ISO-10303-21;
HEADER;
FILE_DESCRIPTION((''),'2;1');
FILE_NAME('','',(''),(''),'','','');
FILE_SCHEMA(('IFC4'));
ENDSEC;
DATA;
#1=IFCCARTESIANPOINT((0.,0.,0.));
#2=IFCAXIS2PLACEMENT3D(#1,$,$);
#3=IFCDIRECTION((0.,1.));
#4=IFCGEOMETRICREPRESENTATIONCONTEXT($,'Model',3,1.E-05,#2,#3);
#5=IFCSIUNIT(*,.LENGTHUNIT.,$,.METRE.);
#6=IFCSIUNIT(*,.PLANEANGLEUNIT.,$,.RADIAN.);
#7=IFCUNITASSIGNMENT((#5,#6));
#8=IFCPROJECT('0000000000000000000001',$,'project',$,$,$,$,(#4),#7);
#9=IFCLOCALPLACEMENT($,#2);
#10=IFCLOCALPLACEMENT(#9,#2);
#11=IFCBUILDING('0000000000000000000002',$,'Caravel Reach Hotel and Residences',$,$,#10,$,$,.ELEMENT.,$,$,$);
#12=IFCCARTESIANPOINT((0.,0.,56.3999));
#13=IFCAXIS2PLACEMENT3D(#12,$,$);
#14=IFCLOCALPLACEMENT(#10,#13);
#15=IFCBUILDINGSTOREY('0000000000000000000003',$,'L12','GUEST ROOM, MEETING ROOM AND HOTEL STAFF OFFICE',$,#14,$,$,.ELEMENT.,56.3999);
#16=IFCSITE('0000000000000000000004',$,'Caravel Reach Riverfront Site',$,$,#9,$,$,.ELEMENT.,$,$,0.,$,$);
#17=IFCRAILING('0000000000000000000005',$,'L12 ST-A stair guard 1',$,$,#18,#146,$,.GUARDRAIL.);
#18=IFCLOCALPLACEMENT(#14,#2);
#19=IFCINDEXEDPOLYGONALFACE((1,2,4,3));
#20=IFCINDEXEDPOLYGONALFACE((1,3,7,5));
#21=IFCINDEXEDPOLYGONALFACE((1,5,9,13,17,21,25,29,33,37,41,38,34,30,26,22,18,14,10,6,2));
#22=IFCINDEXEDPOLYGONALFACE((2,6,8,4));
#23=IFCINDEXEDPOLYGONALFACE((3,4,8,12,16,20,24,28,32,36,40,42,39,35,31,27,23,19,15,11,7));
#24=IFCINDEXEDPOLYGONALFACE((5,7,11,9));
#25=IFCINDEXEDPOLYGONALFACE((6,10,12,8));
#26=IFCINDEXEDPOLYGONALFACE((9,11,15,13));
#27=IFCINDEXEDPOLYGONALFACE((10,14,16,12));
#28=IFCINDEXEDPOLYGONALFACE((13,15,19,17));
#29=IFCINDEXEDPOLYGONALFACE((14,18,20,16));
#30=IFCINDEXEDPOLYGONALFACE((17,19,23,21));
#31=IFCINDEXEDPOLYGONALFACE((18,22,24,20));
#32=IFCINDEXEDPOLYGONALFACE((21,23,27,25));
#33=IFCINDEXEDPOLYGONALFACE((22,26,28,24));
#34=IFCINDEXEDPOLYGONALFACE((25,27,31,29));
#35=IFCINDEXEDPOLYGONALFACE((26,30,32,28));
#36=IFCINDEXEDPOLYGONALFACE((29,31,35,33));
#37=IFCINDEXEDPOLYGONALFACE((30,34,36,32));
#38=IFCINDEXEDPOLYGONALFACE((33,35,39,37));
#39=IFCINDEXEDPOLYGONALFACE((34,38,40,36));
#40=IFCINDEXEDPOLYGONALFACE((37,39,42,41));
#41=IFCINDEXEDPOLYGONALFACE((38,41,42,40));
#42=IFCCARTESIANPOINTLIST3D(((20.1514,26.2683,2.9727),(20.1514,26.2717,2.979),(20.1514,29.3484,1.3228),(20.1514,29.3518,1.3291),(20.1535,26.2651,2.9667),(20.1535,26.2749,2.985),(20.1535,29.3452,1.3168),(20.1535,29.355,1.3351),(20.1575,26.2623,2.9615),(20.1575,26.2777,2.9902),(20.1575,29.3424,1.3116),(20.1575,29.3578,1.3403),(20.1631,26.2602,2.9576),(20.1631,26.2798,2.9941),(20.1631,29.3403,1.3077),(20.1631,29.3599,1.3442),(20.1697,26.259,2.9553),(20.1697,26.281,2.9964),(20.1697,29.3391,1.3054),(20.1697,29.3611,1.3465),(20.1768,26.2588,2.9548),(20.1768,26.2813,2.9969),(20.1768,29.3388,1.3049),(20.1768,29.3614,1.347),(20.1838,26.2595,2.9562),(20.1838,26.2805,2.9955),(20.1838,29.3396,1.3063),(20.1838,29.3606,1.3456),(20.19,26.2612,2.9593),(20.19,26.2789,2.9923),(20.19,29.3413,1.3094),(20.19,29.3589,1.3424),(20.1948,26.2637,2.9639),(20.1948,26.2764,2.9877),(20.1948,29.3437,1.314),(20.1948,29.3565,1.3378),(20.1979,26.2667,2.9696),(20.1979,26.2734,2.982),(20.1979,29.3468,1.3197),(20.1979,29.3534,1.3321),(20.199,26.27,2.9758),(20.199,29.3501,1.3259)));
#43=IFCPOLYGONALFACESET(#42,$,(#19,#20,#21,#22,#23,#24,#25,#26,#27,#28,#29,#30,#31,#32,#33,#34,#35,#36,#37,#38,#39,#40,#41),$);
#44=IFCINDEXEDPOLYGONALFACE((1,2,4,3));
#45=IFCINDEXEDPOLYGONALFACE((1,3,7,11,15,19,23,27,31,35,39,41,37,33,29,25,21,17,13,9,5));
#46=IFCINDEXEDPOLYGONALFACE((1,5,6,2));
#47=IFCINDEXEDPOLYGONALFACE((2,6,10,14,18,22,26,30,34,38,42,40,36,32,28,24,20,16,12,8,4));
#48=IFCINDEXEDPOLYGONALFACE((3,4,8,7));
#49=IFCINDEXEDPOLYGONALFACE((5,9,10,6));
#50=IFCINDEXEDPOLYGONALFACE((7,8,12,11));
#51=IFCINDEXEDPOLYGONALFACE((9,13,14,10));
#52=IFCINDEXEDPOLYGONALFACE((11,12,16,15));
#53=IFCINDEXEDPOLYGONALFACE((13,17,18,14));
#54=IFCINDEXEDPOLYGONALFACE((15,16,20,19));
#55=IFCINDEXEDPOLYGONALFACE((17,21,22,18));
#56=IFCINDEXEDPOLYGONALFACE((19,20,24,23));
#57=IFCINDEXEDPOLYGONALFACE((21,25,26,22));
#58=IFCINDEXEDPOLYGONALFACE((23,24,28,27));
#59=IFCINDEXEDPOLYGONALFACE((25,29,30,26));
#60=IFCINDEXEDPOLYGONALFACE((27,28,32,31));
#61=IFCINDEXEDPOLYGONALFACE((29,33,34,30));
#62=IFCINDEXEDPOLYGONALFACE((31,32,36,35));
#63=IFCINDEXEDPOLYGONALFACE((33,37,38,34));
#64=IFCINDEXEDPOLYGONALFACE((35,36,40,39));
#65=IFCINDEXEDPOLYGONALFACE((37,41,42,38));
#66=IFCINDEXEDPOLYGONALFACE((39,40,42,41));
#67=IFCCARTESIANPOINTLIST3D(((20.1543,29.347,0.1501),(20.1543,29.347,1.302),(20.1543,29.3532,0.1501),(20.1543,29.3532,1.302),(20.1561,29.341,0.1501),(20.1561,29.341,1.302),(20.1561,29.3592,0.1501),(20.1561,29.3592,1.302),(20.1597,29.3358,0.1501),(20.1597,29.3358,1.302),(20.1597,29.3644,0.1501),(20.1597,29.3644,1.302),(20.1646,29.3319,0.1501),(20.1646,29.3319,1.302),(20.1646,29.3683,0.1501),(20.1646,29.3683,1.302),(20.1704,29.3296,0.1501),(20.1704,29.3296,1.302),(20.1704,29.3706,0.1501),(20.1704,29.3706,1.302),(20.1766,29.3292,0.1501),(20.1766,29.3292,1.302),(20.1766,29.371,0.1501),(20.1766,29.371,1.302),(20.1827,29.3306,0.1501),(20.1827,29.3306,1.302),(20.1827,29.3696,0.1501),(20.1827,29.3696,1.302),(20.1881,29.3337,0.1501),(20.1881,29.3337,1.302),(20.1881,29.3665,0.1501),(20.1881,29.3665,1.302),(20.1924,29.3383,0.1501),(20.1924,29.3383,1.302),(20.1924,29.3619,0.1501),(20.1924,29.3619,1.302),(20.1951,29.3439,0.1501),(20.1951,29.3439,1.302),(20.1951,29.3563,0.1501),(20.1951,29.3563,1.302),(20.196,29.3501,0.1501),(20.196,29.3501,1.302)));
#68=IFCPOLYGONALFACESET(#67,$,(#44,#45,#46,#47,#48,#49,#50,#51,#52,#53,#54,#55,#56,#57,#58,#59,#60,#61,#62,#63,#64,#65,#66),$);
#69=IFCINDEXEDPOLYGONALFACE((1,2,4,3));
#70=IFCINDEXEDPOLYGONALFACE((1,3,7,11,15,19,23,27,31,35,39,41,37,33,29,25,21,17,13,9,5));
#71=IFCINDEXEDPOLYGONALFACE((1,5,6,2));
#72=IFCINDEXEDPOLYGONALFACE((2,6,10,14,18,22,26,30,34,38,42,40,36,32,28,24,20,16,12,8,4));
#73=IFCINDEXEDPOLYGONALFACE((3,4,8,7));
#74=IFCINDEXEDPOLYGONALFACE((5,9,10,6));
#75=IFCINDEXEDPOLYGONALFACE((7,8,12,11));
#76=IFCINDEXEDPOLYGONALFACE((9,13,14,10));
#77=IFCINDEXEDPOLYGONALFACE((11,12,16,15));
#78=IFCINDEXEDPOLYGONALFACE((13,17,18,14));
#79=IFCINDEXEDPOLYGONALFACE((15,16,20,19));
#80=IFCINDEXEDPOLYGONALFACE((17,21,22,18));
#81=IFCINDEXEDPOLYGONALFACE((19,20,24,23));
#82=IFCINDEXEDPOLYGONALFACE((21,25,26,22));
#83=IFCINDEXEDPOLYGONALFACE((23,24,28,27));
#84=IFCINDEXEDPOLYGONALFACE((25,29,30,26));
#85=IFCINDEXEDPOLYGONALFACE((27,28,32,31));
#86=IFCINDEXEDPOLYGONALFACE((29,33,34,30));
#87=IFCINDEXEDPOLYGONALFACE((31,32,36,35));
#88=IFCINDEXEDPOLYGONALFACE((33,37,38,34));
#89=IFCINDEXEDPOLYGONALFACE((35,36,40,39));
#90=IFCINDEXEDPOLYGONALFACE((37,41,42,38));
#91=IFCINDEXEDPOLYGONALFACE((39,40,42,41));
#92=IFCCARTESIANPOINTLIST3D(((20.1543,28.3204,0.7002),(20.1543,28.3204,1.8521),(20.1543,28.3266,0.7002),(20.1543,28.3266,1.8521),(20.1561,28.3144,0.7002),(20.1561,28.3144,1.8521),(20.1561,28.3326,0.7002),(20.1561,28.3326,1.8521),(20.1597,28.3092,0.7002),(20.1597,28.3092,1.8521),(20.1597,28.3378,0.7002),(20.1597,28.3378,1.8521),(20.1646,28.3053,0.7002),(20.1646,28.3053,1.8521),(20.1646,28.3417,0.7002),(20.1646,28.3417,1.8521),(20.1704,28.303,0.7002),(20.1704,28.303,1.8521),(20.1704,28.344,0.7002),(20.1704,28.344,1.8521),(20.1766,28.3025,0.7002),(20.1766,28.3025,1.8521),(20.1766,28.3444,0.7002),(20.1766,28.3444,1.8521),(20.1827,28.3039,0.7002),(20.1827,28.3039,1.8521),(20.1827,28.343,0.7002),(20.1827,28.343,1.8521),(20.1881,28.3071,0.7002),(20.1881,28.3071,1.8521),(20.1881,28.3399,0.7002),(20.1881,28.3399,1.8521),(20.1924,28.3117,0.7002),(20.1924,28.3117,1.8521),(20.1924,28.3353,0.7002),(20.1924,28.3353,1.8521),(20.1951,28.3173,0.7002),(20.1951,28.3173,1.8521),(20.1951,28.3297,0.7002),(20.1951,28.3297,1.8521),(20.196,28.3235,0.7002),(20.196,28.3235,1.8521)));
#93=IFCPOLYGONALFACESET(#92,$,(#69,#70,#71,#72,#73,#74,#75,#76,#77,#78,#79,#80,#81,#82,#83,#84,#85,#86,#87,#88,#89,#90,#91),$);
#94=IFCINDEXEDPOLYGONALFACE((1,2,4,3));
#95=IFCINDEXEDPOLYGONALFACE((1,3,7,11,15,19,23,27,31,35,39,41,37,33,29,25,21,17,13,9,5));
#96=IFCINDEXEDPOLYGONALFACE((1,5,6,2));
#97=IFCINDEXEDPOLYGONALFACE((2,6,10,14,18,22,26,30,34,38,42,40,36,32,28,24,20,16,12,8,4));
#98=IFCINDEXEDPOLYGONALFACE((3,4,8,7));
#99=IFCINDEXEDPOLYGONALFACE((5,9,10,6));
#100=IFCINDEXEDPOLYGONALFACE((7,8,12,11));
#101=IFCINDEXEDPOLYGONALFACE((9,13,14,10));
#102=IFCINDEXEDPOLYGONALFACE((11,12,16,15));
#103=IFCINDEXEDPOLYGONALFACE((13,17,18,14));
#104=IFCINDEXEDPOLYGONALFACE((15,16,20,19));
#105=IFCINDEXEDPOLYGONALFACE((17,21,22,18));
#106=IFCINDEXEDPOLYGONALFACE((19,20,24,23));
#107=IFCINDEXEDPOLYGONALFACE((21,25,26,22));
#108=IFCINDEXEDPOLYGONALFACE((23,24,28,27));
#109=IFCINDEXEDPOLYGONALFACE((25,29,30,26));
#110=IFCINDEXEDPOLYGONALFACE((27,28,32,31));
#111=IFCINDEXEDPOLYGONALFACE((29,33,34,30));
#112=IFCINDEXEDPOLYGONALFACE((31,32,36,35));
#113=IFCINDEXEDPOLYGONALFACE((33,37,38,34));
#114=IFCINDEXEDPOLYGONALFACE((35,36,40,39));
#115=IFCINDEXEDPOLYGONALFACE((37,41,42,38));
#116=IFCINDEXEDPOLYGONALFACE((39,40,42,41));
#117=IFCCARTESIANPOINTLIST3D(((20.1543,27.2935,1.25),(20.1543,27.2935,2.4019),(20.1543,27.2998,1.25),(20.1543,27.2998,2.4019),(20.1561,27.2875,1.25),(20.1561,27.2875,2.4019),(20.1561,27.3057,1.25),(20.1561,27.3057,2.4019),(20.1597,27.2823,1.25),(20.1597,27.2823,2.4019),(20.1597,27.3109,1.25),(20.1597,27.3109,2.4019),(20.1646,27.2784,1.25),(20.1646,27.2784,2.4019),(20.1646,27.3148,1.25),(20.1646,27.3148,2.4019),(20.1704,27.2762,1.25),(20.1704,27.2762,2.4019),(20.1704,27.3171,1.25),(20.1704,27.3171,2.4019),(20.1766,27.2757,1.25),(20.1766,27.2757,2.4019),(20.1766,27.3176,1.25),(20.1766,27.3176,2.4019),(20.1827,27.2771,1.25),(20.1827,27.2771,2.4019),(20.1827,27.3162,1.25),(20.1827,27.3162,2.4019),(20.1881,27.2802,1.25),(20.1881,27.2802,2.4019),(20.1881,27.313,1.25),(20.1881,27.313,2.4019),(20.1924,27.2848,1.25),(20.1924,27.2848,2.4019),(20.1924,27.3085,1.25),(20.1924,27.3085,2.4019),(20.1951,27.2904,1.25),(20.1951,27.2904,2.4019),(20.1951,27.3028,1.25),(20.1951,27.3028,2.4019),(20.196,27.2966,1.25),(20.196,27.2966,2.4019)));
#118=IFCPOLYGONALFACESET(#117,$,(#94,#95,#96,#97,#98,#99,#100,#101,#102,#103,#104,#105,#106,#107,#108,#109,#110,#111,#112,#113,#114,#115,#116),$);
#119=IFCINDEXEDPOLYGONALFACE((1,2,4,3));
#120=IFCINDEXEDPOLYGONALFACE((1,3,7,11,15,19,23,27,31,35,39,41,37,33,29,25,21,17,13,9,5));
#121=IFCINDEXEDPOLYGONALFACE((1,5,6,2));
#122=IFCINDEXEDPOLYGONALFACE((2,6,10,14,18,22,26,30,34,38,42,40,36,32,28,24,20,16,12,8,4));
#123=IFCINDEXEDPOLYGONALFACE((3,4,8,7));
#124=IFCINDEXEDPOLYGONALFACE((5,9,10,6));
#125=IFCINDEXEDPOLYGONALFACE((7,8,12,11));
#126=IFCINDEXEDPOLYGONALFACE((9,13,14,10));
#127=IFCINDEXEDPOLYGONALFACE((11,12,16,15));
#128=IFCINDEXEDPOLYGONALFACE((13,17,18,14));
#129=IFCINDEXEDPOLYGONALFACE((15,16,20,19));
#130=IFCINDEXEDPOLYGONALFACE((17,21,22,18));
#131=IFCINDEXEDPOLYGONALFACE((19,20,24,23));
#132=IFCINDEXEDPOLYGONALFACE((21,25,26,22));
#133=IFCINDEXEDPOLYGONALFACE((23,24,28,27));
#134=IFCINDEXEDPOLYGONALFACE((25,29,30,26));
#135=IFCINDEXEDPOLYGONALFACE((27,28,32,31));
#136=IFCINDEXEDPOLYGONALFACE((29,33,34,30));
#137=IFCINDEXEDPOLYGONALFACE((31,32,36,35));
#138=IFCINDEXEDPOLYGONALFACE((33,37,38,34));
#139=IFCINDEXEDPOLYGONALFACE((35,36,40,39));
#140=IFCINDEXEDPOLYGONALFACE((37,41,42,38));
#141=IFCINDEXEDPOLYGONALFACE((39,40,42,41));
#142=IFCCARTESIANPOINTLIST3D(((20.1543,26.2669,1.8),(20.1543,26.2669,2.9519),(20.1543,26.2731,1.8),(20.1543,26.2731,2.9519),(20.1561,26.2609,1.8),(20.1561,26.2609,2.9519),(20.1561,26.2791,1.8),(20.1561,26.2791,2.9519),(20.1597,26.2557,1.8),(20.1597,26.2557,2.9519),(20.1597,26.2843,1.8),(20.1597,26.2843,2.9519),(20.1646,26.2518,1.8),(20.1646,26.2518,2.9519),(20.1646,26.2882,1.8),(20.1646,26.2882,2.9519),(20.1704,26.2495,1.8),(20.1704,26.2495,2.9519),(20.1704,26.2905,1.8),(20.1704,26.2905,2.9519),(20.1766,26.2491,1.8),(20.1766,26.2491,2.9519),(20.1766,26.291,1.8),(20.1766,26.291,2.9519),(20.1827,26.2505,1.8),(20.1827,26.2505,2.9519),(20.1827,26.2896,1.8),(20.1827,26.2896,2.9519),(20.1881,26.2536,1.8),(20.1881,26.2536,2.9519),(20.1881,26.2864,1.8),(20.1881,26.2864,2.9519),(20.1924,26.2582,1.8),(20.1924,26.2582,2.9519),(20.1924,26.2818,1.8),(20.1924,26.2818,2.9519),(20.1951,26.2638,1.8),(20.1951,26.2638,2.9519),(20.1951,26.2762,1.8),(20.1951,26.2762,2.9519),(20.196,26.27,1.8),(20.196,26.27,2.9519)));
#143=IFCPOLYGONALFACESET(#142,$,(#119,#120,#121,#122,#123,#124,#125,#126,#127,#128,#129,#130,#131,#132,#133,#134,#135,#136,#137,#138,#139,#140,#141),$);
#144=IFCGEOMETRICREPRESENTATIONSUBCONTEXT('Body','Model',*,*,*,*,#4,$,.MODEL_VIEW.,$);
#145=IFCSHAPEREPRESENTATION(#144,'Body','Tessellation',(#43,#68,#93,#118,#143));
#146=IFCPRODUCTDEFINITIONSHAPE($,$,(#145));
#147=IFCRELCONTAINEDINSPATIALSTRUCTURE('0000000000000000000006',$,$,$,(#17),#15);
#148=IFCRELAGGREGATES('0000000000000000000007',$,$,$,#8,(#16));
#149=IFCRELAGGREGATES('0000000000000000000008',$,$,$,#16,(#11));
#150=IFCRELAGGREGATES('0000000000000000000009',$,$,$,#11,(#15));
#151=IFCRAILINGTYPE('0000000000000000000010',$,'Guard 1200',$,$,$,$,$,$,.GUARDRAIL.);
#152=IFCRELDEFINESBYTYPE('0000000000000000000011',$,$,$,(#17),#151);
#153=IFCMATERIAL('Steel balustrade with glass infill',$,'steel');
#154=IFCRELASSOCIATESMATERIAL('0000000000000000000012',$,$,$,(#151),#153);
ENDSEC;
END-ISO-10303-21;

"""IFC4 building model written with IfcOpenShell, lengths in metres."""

from ifc_helpers import new_model, si_unit, direction, frame, origin, origin_2d, place, context, subcontext, project, spatial, circle, extrude, material, type_object, element, save


model = new_model("IFC4")

# Units and contexts
model_context = context("Model", 3, precision=1e-05, world=origin(), true_north=direction((0.0, 1.0)))
body_context = subcontext(model_context, "Body", "Model", "MODEL_VIEW")
ifc_project = project(units=[si_unit("LENGTHUNIT", "METRE"), si_unit("PLANEANGLEUNIT", "RADIAN")], contexts=[model_context])

# Site, building, storey
site_placement = place(None, origin())
site = spatial("IfcSite", under=ifc_project, at=site_placement, Name="Caravel Reach Riverfront Site", CompositionType="ELEMENT", RefElevation=0.0)
building_placement = place(site_placement, origin())
building = spatial("IfcBuilding", under=site, at=building_placement, Name="Caravel Reach Hotel and Residences", CompositionType="ELEMENT")
storey_placement = place(building_placement, frame((0.0, 0.0, 56.3999)))
storey = spatial("IfcBuildingStorey", under=building, at=storey_placement, Name="L12", Description="GUEST ROOM, MEETING ROOM AND HOTEL STAFF OFFICE", CompositionType="ELEMENT", Elevation=56.3999)

# Railing
ifc_material_1 = material(Name="Steel balustrade with glass infill", Category="steel")
railing_type_1 = type_object("IfcRailingType", Name="Guard 1200", PredefinedType="GUARDRAIL", material=ifc_material_1)
railing_1_placement = place(storey_placement, frame((20.175, 29.3501, 0.1501)))
element("IfcRailing", 1, at=railing_1_placement, inside=storey, type_object=railing_type_1, Name="L12 ST-A stair guard 1", PredefinedType="GUARDRAIL", context=body_context, shape_type="SweptSolid", body=[
    extrude(circle(Radius=0.0239, at=origin_2d()), frame((0.0, 0.0, 1.1758), z_axis=(0.0, -0.881497, 0.47219), x_axis=(1.0, 0.0, 0.0)), (0.0, 0.0, 1.0), 3.4941),
    extrude(circle(Radius=0.021, at=origin_2d()), origin(), (0.0, 0.0, 1.0), 1.1519),
    extrude(circle(Radius=0.021, at=origin_2d()), frame((0.0, -1.0266, 0.55)), (0.0, 0.0, 1.0), 1.1519),
    extrude(circle(Radius=0.021, at=origin_2d()), frame((0.0, -2.0535, 1.0999)), (0.0, 0.0, 1.0), 1.1519),
    extrude(circle(Radius=0.021, at=origin_2d()), frame((0.0, -3.0801, 1.6499)), (0.0, 0.0, 1.0), 1.1519),
])

save(model, "model.ifc")
